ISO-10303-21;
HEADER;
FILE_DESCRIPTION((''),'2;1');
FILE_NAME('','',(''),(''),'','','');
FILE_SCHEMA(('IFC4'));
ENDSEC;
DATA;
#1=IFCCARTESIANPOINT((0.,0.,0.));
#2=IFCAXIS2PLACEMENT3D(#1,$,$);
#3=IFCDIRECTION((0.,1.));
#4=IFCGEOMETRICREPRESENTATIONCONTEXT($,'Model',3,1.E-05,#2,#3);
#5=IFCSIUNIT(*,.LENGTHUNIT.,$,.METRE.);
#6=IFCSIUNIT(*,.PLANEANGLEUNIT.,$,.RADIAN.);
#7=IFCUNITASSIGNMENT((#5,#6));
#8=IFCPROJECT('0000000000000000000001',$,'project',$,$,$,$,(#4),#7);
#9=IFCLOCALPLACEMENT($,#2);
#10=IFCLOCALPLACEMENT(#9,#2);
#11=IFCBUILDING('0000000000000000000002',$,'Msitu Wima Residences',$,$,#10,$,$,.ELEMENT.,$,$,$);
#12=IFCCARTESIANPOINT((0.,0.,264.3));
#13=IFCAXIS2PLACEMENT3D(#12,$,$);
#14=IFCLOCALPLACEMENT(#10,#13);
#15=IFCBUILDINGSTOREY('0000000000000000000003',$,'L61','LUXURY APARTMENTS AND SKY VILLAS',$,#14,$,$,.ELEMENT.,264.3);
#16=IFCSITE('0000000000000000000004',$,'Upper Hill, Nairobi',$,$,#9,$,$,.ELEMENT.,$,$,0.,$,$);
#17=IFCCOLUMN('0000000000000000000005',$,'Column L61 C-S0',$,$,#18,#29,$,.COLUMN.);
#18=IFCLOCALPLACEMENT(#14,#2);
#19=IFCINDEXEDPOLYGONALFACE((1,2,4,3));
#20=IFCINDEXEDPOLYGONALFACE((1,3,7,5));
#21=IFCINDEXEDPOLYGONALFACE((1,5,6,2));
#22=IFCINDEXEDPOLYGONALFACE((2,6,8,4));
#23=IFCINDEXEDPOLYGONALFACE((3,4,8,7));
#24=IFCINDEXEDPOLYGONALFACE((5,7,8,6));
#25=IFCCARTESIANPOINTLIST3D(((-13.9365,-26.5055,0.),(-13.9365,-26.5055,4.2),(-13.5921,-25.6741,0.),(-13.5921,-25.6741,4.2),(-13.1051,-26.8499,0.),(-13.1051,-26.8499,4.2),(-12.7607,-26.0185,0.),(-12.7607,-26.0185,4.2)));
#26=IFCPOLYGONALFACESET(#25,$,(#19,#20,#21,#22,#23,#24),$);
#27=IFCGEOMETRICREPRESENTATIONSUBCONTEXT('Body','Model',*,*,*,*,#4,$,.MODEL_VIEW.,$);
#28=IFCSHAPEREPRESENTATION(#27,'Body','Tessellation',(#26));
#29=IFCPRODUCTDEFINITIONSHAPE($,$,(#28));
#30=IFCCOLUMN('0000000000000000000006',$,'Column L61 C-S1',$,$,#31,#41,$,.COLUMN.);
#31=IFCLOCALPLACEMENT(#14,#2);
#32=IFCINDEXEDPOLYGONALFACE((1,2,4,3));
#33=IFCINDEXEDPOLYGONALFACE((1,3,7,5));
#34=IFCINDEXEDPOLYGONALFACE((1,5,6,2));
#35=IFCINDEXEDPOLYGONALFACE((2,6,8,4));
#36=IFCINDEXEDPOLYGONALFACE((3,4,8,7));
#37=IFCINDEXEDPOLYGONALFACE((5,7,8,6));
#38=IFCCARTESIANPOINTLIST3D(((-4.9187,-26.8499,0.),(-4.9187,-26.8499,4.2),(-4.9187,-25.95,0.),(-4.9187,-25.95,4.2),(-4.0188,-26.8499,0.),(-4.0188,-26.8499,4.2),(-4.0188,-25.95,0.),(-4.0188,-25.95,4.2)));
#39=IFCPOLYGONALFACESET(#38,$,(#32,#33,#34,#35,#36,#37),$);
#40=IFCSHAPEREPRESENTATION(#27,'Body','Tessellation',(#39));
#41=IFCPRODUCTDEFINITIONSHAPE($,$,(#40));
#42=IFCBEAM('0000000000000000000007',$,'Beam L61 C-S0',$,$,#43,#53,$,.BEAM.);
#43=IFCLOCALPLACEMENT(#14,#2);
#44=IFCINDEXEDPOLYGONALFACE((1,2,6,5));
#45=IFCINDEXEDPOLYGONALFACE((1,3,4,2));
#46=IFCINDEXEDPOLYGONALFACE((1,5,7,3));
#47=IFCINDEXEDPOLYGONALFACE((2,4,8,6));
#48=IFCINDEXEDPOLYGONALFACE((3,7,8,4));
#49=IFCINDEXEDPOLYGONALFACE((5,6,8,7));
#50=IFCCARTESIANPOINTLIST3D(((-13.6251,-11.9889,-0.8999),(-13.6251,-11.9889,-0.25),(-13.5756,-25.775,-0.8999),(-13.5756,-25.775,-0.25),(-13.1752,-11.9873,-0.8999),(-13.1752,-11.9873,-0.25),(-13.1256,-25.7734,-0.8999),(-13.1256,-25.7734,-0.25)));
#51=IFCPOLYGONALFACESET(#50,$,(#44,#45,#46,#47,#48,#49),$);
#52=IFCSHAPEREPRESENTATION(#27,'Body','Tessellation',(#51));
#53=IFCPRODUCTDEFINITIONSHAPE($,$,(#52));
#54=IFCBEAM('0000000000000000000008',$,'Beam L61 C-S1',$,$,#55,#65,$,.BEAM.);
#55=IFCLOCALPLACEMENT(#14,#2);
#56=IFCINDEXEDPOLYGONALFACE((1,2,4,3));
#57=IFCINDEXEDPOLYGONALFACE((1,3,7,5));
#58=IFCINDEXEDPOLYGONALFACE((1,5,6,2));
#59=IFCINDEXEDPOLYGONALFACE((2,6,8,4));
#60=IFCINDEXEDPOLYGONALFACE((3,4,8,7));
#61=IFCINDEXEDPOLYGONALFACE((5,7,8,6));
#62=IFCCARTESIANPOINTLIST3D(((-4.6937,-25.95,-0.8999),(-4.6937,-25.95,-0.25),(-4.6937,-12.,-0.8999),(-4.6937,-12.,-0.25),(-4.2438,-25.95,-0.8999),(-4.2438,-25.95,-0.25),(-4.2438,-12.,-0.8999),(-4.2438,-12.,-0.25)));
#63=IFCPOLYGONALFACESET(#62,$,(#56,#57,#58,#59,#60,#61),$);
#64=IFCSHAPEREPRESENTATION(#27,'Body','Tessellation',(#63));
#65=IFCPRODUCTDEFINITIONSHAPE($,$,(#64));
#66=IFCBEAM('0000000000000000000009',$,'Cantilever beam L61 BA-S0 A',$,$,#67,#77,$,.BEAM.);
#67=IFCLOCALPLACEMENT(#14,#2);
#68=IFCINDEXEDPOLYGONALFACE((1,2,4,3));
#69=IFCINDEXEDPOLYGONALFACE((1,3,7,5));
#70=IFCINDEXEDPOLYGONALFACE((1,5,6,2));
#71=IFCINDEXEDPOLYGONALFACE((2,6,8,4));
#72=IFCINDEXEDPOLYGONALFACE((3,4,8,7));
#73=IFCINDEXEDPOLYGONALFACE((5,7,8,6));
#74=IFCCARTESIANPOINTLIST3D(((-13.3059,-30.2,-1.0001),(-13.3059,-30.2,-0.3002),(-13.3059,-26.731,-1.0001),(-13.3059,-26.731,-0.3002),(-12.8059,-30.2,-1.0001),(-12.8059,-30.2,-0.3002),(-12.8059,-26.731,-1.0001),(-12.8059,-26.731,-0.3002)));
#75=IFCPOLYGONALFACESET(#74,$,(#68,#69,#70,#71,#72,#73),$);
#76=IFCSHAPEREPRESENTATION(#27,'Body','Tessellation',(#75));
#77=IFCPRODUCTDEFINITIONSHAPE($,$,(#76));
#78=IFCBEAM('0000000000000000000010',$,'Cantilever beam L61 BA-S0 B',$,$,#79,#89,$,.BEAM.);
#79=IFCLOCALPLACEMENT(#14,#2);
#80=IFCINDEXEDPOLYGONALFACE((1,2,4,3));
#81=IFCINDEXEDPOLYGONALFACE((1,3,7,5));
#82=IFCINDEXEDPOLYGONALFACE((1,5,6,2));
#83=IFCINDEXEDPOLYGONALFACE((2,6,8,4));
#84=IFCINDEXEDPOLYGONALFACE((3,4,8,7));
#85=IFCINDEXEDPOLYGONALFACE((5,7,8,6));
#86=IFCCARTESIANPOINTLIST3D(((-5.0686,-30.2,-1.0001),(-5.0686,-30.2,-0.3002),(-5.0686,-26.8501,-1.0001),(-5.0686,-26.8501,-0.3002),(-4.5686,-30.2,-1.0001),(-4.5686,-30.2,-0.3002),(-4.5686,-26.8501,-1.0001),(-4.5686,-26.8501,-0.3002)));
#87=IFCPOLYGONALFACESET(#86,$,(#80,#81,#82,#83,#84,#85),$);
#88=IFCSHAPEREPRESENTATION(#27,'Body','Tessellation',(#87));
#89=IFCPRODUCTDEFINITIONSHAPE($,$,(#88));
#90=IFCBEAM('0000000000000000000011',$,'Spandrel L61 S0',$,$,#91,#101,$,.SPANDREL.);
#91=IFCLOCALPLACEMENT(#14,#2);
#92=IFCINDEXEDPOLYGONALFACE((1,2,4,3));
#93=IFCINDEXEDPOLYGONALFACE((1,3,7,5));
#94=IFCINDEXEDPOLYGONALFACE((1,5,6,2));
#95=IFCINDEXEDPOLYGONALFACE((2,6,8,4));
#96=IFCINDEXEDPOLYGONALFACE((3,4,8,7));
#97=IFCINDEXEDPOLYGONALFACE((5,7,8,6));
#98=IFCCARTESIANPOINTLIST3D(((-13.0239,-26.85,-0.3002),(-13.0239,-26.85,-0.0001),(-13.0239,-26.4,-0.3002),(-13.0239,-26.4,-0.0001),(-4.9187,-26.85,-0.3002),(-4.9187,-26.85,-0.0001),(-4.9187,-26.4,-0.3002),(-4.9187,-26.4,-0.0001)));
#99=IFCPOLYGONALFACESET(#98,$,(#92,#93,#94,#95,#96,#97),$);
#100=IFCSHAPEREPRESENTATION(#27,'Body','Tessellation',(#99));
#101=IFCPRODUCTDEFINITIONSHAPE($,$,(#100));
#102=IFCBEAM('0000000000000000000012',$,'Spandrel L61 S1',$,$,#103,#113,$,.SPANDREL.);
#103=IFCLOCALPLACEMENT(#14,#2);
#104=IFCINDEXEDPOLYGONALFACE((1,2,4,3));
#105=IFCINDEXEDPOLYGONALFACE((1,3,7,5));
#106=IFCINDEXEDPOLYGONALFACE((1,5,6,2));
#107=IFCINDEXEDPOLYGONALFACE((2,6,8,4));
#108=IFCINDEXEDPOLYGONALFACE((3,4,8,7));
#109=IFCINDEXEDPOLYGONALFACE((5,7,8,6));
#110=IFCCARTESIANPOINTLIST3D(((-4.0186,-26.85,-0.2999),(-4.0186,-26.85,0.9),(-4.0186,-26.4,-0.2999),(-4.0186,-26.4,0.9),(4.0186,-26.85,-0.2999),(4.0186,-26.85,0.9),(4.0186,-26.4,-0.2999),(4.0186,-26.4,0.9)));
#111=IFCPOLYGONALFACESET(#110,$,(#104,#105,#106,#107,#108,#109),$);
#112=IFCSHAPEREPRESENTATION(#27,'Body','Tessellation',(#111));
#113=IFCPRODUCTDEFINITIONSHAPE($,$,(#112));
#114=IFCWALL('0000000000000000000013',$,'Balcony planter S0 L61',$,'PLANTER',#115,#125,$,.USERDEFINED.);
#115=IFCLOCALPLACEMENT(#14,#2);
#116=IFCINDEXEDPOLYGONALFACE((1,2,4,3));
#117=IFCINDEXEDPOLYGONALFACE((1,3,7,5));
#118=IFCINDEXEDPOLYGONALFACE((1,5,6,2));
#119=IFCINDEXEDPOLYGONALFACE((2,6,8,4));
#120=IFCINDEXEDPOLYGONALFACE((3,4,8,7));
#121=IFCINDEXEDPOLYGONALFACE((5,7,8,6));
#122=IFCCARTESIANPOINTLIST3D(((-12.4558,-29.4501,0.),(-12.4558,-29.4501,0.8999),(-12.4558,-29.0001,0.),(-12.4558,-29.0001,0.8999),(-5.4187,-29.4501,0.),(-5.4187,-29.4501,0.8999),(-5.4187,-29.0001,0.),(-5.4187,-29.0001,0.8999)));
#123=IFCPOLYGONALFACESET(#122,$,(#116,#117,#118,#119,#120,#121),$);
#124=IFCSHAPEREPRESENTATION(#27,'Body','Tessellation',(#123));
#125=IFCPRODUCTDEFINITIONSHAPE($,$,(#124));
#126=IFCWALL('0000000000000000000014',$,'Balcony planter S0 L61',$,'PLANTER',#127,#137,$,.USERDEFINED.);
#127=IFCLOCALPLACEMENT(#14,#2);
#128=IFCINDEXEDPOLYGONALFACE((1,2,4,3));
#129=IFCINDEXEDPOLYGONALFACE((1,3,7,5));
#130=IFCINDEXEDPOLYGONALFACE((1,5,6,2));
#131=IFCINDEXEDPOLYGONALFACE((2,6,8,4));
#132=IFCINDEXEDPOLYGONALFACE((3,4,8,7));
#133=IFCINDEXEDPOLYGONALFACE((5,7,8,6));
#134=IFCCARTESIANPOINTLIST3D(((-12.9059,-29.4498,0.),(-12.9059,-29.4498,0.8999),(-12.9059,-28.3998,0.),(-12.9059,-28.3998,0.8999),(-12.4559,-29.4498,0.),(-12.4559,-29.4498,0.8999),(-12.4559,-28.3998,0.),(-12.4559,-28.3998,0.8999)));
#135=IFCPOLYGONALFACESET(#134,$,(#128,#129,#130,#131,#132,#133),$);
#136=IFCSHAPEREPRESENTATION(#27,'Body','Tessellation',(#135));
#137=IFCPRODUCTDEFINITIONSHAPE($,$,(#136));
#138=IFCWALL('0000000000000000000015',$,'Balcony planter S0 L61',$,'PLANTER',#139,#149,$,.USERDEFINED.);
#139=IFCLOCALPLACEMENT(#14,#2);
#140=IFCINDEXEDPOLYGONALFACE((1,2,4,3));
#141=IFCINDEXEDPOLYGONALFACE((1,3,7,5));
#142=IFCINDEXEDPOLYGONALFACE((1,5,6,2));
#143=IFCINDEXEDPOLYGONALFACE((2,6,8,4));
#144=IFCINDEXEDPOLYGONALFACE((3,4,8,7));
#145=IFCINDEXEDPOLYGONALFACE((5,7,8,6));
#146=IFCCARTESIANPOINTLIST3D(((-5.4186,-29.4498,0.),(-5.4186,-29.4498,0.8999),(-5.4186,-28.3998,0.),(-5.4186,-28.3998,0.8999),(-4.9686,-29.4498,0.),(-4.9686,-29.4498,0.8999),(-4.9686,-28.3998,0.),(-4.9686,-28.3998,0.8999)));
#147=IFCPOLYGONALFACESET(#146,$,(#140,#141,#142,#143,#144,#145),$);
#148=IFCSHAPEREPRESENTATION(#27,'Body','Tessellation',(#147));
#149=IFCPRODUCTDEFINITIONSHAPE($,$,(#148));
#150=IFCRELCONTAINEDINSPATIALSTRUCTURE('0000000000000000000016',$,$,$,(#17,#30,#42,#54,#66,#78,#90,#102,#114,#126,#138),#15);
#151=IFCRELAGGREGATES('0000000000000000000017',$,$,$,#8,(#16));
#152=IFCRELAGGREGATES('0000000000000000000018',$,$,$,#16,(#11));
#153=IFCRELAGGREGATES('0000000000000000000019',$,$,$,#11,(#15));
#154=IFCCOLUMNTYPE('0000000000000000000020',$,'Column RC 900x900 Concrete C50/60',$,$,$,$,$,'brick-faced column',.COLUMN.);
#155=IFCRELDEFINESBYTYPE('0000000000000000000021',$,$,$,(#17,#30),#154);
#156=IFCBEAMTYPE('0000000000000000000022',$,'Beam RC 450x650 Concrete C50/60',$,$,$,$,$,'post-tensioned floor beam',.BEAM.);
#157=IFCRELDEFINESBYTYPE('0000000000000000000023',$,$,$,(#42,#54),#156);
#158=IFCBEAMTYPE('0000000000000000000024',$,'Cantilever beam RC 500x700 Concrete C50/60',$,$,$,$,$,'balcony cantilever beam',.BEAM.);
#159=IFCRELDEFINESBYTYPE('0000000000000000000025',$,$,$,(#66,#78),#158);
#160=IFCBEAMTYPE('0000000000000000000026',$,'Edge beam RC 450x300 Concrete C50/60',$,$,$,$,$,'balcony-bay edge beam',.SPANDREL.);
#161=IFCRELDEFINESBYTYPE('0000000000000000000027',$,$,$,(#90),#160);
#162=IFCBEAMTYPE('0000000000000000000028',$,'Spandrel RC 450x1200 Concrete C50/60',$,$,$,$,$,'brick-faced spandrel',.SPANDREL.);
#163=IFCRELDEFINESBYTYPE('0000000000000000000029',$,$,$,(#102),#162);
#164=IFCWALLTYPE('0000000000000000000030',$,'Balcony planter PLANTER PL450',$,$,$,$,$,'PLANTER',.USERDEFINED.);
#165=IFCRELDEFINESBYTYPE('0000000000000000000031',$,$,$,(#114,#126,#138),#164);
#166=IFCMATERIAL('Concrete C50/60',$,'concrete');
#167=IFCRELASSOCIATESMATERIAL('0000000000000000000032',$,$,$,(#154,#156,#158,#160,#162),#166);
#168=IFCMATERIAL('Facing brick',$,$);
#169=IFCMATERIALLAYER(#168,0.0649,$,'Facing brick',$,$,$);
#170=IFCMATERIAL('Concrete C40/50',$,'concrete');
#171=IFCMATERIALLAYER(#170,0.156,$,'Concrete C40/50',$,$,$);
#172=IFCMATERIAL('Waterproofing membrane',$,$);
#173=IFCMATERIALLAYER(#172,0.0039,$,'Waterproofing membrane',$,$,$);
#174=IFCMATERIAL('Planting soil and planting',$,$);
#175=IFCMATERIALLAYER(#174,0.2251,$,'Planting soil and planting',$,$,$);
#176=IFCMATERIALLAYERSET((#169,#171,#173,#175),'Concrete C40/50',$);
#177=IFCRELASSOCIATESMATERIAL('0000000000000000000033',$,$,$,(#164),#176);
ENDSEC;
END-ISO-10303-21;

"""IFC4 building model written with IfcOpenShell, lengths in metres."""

from ifc_helpers import new_model, si_unit, direction, frame, frame_2d, origin, origin_2d, place, context, subcontext, project, spatial, rectangle, extrude, material, layer, layer_set, material_profile, profile_set, type_object, element, save


model = new_model("IFC4")

# Units and contexts
model_context = context("Model", 3, precision=1e-05, world=origin(), true_north=direction((0.0, 1.0)))
body_context = subcontext(model_context, "Body", "Model", "MODEL_VIEW")
ifc_project = project(units=[si_unit("LENGTHUNIT", "METRE"), si_unit("PLANEANGLEUNIT", "RADIAN")], contexts=[model_context])

# Site, building, storey
site_placement = place(None, origin())
site = spatial("IfcSite", under=ifc_project, at=site_placement, Name="Upper Hill, Nairobi", CompositionType="ELEMENT", RefElevation=0.0)
building_placement = place(site_placement, origin())
building = spatial("IfcBuilding", under=site, at=building_placement, Name="Msitu Wima Residences", CompositionType="ELEMENT")
storey_placement = place(building_placement, frame((0.0, 0.0, 264.3)))
storey = spatial("IfcBuildingStorey", under=building, at=storey_placement, Name="L61", Description="LUXURY APARTMENTS AND SKY VILLAS", CompositionType="ELEMENT", Elevation=264.3)

# Columns
ifc_material_1 = material(Name="Concrete C50/60", Category="concrete")
ifc_material_profile_1 = material_profile(ifc_material_1, rectangle(XDim=0.8999, YDim=0.8999, at=origin_2d()), Name="RC 900x900")
ifc_profile_set_1 = profile_set([ifc_material_profile_1], Name="Concrete C50/60")
column_type = type_object("IfcColumnType", Name="Column RC 900x900 Concrete C50/60", ElementType="brick-faced column", PredefinedType="COLUMN", material=ifc_profile_set_1)
for number, where, z_axis, x_axis, name in (
    (1, (-13.3486, -26.262, 0.0), (0.0, 0.0, 1.0), (0.92388, -0.382683, 0.0), "Column L61 C-S0"),
    (2, (-4.4688, -26.3999, 0.0), (0.0, 0.0, 1.0), (1.0, 0.0, 0.0), "Column L61 C-S1"),
):
    element("IfcColumn", number, at=place(storey_placement, frame(where, z_axis=z_axis, x_axis=x_axis)), inside=storey, type_object=column_type, Name=name, PredefinedType="COLUMN", context=body_context, shape_type="SweptSolid", body=[
        extrude(rectangle(XDim=0.8999, YDim=0.8999, at=origin_2d()), origin(), (0.0, 0.0, 1.0), 4.2),
    ])

# Beams
ifc_material_profile_2 = material_profile(ifc_material_1, rectangle(XDim=0.45, YDim=0.6499, at=origin_2d()), Name="RC 450x650")
ifc_profile_set_2 = profile_set([ifc_material_profile_2], Name="Concrete C50/60")
beam_type_1 = type_object("IfcBeamType", Name="Beam RC 450x650 Concrete C50/60", ElementType="post-tensioned floor beam", PredefinedType="BEAM", material=ifc_profile_set_2)
beam_1_placement = place(storey_placement, frame((-13.3506, -25.7742, -0.575), z_axis=(-0.003595, 0.999994, 0.0), x_axis=(-0.999994, -0.003595, 0.0)))
element("IfcBeam", 3, at=beam_1_placement, inside=storey, type_object=beam_type_1, Name="Beam L61 C-S0", PredefinedType="BEAM", context=body_context, shape_type="SweptSolid", body=[
    extrude(rectangle(XDim=0.45, YDim=0.6499, at=origin_2d()), origin(), (0.0, 0.0, 1.0), 13.7861),
])
beam_2_placement = place(storey_placement, frame((-4.4688, -25.95, -0.575), z_axis=(0.0, 1.0, 0.0), x_axis=(-1.0, 0.0, 0.0)))
element("IfcBeam", 4, at=beam_2_placement, inside=storey, type_object=beam_type_1, Name="Beam L61 C-S1", PredefinedType="BEAM", context=body_context, shape_type="SweptSolid", body=[
    extrude(rectangle(XDim=0.45, YDim=0.6499, at=origin_2d()), origin(), (0.0, 0.0, 1.0), 13.95),
])
ifc_material_profile_3 = material_profile(ifc_material_1, rectangle(XDim=0.5, YDim=0.7, at=origin_2d()), Name="RC 500x700")
ifc_profile_set_3 = profile_set([ifc_material_profile_3], Name="Concrete C50/60")
beam_type_2 = type_object("IfcBeamType", Name="Cantilever beam RC 500x700 Concrete C50/60", ElementType="balcony cantilever beam", PredefinedType="BEAM", material=ifc_profile_set_3)
beam_3_placement = place(storey_placement, frame((-13.0559, -26.731, -0.6501), z_axis=(0.0, -1.0, 0.0), x_axis=(1.0, 0.0, 0.0)))
element("IfcBeam", 5, at=beam_3_placement, inside=storey, type_object=beam_type_2, Name="Cantilever beam L61 BA-S0 A", PredefinedType="BEAM", context=body_context, shape_type="SweptSolid", body=[
    extrude(rectangle(XDim=0.5, YDim=0.7, at=origin_2d()), origin(), (0.0, 0.0, 1.0), 3.469),
])
beam_4_placement = place(storey_placement, frame((-4.8186, -26.8501, -0.6501), z_axis=(0.0, -1.0, 0.0), x_axis=(1.0, 0.0, 0.0)))
element("IfcBeam", 6, at=beam_4_placement, inside=storey, type_object=beam_type_2, Name="Cantilever beam L61 BA-S0 B", PredefinedType="BEAM", context=body_context, shape_type="SweptSolid", body=[
    extrude(rectangle(XDim=0.5, YDim=0.7, at=origin_2d()), origin(), (0.0, 0.0, 1.0), 3.3499),
])
ifc_material_profile_4 = material_profile(ifc_material_1, rectangle(XDim=0.45, YDim=0.3, at=origin_2d()), Name="RC 450x300")
ifc_profile_set_4 = profile_set([ifc_material_profile_4], Name="Concrete C50/60")
beam_type_3 = type_object("IfcBeamType", Name="Edge beam RC 450x300 Concrete C50/60", ElementType="balcony-bay edge beam", PredefinedType="SPANDREL", material=ifc_profile_set_4)
beam_5_placement = place(storey_placement, frame((-13.0239, -26.625, -0.1501), z_axis=(1.0, 0.0, 0.0), x_axis=(0.0, 1.0, 0.0)))
element("IfcBeam", 7, at=beam_5_placement, inside=storey, type_object=beam_type_3, Name="Spandrel L61 S0", PredefinedType="SPANDREL", context=body_context, shape_type="SweptSolid", body=[
    extrude(rectangle(XDim=0.45, YDim=0.3, at=origin_2d()), origin(), (0.0, 0.0, 1.0), 8.1052),
])
ifc_material_profile_5 = material_profile(ifc_material_1, rectangle(XDim=0.45, YDim=1.2, at=origin_2d()), Name="RC 450x1200")
ifc_profile_set_5 = profile_set([ifc_material_profile_5], Name="Concrete C50/60")
beam_type_4 = type_object("IfcBeamType", Name="Spandrel RC 450x1200 Concrete C50/60", ElementType="brick-faced spandrel", PredefinedType="SPANDREL", material=ifc_profile_set_5)
beam_6_placement = place(storey_placement, frame((-4.0186, -26.625, 0.3), z_axis=(1.0, 0.0, 0.0), x_axis=(0.0, 1.0, 0.0)))
element("IfcBeam", 8, at=beam_6_placement, inside=storey, type_object=beam_type_4, Name="Spandrel L61 S1", PredefinedType="SPANDREL", context=body_context, shape_type="SweptSolid", body=[
    extrude(rectangle(XDim=0.45, YDim=1.2, at=origin_2d()), origin(), (0.0, 0.0, 1.0), 8.0371),
])

# Walls
ifc_material_2 = material(Name="Facing brick")
ifc_layer_1 = layer(ifc_material_2, 0.0649, Name="Facing brick")
ifc_material_3 = material(Name="Concrete C40/50", Category="concrete")
ifc_layer_2 = layer(ifc_material_3, 0.156, Name="Concrete C40/50")
ifc_material_4 = material(Name="Waterproofing membrane")
ifc_layer_3 = layer(ifc_material_4, 0.0039, Name="Waterproofing membrane")
ifc_material_5 = material(Name="Planting soil and planting")
ifc_layer_4 = layer(ifc_material_5, 0.2251, Name="Planting soil and planting")
ifc_layer_set_1 = layer_set([ifc_layer_1, ifc_layer_2, ifc_layer_3, ifc_layer_4], Name="Concrete C40/50")
wall_type_1 = type_object("IfcWallType", Name="Balcony planter PLANTER PL450", ElementType="PLANTER", PredefinedType="USERDEFINED", material=ifc_layer_set_1)
wall_1_placement = place(storey_placement, frame((-12.4558, -29.2251, 0.0), z_axis=(0.0, 0.0, 1.0), x_axis=(1.0, 0.0, 0.0)))
element("IfcWall", 9, at=wall_1_placement, inside=storey, type_object=wall_type_1, Name="Balcony planter S0 L61", ObjectType="PLANTER", PredefinedType="USERDEFINED", context=body_context, shape_type="SweptSolid", body=[
    extrude(rectangle(XDim=7.0371, YDim=0.45, at=frame_2d((3.5186, 0.0))), origin(), (0.0, 0.0, 1.0), 0.8999),
])
for number, where, z_axis, x_axis, name in (
    (10, (-12.6809, -28.3999, 0.0), (0.0, 0.0, 1.0), (0.0, -1.0, 0.0), "Balcony planter S0 L61"),
    (11, (-5.1936, -28.3999, 0.0), (0.0, 0.0, 1.0), (0.0, -1.0, 0.0), "Balcony planter S0 L61"),
):
    element("IfcWall", number, at=place(storey_placement, frame(where, z_axis=z_axis, x_axis=x_axis)), inside=storey, type_object=wall_type_1, Name=name, ObjectType="PLANTER", PredefinedType="USERDEFINED", context=body_context, shape_type="SweptSolid", body=[
        extrude(rectangle(XDim=1.05, YDim=0.45, at=frame_2d((0.5249, 0.0))), origin(), (0.0, 0.0, 1.0), 0.8999),
    ])

save(model, "model.ifc")
